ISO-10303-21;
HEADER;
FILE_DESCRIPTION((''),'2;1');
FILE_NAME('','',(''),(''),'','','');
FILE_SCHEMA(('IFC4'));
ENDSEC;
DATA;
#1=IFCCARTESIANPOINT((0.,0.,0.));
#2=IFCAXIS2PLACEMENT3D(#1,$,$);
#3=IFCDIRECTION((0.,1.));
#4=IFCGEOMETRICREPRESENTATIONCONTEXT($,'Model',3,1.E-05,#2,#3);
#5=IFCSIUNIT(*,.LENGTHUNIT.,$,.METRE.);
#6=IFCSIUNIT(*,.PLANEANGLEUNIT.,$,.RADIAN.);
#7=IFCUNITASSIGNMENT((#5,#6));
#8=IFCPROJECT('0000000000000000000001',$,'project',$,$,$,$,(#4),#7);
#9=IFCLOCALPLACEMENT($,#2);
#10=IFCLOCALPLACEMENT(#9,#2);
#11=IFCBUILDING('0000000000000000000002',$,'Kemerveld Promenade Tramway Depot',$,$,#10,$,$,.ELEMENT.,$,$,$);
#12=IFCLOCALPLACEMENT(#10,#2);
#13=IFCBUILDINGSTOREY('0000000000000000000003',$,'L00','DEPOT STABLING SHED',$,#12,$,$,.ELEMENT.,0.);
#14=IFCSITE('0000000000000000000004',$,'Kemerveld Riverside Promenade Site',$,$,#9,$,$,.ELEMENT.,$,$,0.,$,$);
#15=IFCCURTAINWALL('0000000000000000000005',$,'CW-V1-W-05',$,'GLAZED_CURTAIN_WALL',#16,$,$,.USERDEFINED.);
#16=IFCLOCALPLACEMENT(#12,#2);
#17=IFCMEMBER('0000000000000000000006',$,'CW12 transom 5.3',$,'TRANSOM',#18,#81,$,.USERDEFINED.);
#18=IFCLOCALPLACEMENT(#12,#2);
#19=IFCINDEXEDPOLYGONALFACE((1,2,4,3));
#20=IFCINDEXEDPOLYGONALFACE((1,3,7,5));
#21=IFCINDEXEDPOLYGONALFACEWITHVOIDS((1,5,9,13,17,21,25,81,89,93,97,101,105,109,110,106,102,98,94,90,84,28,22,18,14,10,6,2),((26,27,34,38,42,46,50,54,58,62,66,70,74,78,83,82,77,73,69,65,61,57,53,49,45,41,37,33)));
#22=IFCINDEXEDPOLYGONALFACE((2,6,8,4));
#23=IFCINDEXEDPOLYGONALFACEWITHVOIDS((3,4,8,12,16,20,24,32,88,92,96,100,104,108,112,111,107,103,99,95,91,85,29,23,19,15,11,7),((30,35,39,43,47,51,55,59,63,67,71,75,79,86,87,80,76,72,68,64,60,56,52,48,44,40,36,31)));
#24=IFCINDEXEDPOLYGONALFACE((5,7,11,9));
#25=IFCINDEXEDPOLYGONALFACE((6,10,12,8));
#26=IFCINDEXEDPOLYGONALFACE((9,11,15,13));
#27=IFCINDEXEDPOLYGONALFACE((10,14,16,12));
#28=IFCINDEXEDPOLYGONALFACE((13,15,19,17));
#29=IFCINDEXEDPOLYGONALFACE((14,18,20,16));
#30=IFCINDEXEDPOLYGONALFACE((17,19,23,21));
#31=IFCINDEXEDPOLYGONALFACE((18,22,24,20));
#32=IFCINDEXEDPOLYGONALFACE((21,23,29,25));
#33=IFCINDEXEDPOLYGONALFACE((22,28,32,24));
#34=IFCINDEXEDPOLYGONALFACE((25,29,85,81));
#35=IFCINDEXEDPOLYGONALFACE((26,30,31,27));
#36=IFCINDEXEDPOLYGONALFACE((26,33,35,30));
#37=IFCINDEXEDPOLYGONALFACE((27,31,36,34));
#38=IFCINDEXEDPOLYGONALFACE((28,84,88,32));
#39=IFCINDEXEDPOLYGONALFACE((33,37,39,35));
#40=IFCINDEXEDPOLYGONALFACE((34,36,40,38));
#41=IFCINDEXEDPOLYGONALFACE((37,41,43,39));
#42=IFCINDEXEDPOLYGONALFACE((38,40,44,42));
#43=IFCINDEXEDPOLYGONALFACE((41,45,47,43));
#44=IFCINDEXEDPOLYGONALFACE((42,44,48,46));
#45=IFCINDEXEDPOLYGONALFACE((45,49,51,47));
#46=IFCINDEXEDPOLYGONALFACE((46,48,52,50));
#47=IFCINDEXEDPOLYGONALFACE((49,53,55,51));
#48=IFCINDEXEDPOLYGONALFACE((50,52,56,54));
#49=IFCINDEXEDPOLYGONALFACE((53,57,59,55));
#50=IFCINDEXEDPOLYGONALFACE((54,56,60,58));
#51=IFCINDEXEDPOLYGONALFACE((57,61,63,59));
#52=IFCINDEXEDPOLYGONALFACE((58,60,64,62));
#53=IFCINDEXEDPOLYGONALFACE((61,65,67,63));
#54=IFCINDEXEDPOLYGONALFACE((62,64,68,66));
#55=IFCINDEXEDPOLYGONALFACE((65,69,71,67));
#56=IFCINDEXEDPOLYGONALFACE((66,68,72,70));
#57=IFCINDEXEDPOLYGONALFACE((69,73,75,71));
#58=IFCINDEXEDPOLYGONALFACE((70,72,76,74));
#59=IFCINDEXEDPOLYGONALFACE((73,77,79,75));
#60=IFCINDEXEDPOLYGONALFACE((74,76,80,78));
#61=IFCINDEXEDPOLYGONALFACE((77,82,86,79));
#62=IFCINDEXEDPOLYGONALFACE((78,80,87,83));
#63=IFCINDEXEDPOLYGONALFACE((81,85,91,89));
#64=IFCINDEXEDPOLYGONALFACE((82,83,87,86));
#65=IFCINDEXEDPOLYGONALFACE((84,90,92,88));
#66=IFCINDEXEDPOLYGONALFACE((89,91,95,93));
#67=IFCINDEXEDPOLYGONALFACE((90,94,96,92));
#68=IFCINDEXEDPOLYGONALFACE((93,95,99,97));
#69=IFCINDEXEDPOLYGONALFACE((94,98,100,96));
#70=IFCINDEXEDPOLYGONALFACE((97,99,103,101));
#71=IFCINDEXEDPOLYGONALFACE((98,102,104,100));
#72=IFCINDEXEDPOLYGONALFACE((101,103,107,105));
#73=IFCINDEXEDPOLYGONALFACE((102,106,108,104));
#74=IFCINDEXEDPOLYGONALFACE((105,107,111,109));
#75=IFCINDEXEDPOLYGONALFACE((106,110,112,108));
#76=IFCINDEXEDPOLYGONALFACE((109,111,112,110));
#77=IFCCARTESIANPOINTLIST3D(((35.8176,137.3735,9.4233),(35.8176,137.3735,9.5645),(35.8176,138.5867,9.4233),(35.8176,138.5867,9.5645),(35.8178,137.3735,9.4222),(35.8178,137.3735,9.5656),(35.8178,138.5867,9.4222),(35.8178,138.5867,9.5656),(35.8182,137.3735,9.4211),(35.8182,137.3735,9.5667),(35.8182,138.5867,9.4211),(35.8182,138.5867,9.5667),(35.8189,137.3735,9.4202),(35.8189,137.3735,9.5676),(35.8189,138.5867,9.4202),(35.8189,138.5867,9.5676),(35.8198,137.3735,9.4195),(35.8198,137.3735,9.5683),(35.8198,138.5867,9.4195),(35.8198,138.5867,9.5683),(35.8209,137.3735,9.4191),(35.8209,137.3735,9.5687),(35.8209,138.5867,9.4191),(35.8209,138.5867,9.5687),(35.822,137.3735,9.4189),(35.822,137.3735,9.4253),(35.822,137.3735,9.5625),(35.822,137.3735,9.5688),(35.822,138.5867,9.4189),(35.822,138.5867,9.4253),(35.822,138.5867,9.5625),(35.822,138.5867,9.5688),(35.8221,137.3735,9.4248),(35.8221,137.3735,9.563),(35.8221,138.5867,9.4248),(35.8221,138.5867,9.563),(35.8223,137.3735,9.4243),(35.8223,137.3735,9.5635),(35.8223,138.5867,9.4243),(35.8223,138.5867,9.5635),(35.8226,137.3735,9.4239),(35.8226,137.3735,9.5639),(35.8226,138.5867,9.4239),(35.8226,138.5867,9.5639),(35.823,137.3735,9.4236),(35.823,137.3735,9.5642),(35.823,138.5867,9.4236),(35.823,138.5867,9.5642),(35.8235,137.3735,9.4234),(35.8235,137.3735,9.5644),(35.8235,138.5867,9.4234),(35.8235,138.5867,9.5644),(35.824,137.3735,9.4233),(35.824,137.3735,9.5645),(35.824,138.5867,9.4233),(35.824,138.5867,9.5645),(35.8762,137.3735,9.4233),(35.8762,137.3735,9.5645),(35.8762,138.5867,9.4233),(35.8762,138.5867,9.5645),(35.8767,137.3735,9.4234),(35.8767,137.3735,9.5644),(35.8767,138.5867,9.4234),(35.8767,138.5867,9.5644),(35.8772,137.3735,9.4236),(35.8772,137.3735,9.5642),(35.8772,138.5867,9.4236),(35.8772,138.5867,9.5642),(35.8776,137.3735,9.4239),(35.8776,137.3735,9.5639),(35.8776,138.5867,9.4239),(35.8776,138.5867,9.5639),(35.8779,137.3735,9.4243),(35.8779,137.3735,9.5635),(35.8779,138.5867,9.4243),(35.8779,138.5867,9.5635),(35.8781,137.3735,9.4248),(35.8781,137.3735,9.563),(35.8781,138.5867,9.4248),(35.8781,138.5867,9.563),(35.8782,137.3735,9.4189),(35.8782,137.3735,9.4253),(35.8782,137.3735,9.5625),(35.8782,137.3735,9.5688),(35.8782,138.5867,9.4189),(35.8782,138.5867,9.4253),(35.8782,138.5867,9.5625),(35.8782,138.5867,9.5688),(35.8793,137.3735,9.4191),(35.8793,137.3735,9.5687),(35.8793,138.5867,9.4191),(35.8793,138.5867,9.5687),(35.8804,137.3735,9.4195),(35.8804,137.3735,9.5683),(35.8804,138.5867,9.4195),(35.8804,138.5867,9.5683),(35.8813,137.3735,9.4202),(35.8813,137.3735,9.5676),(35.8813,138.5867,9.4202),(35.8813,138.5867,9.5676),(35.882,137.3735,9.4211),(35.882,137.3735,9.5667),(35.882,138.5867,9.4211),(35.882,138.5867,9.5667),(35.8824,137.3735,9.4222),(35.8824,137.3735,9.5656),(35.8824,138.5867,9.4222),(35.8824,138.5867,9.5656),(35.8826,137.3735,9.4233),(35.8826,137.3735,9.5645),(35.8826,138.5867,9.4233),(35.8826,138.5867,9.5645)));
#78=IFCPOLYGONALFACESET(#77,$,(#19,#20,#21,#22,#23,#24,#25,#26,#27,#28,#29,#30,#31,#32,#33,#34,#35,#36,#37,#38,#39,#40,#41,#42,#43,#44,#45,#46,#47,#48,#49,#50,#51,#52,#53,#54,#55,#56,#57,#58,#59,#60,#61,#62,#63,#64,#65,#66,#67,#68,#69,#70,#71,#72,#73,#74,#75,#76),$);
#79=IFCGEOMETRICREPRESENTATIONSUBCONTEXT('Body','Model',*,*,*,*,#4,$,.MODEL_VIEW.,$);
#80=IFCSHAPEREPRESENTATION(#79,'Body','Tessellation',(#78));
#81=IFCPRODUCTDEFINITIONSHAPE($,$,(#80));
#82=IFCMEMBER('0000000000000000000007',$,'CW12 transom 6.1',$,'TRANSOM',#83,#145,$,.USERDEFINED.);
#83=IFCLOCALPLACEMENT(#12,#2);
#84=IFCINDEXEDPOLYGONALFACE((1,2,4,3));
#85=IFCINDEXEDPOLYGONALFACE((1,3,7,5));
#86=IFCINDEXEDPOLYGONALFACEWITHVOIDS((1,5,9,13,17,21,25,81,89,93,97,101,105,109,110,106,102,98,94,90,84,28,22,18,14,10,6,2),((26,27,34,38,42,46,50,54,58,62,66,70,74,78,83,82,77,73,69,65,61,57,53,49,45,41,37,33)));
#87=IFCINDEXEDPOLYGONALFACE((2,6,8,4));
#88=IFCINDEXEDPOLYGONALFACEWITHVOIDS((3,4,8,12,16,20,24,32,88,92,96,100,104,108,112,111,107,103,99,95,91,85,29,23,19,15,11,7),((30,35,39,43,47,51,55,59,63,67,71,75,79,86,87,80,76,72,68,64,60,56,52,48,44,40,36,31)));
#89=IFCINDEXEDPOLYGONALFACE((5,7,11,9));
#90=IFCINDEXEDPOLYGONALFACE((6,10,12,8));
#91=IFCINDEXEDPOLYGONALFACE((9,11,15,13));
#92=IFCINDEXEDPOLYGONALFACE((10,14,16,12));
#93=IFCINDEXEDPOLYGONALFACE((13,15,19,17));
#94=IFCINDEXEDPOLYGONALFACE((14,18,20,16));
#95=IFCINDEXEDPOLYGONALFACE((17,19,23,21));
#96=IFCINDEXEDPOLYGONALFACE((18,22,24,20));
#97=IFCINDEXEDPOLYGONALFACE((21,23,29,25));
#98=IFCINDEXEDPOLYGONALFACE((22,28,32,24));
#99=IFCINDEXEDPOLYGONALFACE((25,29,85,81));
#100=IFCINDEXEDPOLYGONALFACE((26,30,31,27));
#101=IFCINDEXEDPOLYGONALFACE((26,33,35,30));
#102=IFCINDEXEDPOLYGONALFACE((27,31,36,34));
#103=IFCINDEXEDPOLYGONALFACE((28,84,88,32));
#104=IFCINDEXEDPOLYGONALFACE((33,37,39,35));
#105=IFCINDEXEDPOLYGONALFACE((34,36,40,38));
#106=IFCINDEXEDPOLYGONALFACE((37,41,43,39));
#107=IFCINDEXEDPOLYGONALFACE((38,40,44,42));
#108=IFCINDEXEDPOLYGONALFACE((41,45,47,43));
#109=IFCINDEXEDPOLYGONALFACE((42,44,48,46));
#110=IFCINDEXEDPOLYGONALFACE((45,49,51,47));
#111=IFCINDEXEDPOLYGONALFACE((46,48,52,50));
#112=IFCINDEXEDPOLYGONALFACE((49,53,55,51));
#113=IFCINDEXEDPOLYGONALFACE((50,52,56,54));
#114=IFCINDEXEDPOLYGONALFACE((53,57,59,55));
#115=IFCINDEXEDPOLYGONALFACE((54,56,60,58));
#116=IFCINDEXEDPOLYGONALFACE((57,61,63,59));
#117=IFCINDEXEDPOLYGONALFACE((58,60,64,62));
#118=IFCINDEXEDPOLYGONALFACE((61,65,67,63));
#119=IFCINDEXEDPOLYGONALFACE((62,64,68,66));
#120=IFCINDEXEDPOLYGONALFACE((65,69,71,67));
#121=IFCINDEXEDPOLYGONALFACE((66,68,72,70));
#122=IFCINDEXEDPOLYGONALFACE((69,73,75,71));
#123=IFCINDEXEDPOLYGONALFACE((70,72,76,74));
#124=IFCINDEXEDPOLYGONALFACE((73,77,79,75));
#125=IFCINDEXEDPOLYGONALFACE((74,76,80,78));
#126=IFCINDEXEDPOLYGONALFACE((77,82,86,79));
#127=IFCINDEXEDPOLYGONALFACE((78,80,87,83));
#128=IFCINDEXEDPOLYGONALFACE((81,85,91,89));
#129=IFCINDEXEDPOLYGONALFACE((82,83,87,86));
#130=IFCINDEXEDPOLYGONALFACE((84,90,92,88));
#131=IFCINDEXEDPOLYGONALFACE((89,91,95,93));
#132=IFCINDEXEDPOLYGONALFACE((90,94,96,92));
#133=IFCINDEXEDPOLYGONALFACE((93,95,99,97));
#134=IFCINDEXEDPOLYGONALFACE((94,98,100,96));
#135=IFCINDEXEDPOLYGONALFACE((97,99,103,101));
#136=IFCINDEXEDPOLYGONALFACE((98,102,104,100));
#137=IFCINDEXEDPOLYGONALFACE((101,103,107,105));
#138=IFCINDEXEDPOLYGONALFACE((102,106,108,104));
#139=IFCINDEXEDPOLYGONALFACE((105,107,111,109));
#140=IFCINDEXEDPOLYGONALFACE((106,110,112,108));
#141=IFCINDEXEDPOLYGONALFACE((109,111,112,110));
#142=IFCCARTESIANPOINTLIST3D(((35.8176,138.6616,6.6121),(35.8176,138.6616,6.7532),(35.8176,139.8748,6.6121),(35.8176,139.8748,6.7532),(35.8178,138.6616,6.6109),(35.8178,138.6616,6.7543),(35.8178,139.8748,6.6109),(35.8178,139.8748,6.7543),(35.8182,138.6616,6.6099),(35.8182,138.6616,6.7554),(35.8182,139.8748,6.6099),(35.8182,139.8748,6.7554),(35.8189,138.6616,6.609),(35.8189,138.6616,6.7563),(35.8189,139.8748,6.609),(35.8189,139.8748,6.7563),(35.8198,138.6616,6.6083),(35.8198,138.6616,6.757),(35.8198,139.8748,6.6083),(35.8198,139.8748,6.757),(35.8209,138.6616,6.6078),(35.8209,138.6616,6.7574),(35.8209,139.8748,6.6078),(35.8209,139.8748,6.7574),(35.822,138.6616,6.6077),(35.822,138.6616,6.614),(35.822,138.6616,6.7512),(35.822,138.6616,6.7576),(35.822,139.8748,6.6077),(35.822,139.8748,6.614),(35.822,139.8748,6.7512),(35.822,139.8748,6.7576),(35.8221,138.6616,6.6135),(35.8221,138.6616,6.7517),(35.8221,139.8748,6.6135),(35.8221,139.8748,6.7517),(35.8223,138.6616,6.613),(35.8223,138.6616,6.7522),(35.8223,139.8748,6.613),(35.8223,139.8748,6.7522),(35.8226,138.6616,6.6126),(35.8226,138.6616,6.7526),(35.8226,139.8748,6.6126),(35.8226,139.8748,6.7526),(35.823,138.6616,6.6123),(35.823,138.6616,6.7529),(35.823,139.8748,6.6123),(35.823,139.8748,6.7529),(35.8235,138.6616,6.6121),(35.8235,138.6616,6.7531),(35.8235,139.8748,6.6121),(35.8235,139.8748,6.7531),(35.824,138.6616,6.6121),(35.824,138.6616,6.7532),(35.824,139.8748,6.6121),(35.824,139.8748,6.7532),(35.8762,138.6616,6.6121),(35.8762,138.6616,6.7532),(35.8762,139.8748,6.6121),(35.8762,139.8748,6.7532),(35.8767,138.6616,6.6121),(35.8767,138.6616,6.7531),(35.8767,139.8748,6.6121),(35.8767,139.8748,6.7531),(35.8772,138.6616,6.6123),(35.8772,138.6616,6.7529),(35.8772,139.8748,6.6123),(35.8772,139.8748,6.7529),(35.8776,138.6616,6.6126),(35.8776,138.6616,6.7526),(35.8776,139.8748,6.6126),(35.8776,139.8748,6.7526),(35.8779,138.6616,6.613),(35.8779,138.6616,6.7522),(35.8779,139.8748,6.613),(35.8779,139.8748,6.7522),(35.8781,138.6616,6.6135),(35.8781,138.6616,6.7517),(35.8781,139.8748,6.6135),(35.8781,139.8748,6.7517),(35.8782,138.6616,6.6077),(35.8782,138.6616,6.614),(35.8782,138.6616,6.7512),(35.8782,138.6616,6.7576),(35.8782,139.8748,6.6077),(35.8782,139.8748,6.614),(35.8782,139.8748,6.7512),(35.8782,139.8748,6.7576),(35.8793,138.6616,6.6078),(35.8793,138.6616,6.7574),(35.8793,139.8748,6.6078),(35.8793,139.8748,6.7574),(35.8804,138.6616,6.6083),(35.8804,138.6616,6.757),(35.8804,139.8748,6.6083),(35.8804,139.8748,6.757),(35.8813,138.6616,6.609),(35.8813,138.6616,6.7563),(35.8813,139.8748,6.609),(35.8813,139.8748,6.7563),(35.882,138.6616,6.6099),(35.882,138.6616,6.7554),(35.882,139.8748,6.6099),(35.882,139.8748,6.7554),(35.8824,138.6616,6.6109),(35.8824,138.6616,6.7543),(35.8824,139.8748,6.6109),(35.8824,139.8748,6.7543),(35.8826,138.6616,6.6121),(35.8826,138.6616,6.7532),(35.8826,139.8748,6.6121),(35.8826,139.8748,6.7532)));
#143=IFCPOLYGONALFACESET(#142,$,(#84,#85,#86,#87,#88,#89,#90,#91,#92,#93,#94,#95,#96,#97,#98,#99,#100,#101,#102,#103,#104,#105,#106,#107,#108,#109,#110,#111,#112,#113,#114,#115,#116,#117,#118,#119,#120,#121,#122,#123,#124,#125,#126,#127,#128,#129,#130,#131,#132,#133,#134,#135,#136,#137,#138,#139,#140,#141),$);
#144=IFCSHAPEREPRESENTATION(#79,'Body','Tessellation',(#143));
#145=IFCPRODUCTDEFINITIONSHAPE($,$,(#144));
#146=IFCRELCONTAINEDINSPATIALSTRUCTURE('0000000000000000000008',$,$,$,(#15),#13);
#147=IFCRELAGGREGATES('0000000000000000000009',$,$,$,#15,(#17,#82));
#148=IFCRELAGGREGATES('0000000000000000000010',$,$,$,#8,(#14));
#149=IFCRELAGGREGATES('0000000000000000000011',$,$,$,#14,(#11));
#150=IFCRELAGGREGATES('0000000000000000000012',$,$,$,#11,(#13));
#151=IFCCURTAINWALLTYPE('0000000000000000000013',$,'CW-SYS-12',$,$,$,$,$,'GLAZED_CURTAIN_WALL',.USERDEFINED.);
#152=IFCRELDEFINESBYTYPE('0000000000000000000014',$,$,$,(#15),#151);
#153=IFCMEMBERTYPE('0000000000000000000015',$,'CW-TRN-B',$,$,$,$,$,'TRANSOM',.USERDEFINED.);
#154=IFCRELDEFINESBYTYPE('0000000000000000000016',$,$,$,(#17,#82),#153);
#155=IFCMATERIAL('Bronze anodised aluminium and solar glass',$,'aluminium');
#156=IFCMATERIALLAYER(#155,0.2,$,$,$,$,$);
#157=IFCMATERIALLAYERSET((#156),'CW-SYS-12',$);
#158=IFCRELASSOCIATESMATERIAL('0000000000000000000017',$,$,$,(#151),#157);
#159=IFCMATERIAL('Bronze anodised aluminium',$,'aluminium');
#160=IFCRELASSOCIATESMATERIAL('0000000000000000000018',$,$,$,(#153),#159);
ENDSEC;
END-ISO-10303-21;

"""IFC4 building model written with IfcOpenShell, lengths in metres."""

from ifc_helpers import new_model, si_unit, direction, frame, origin, origin_2d, place, context, subcontext, project, spatial, hollow_rectangle, extrude, material, layer, layer_set, material_profile, profile_set, type_object, element, aggregate, save


model = new_model("IFC4")

# Units and contexts
model_context = context("Model", 3, precision=1e-05, world=origin(), true_north=direction((0.0, 1.0)))
body_context = subcontext(model_context, "Body", "Model", "MODEL_VIEW")
ifc_project = project(units=[si_unit("LENGTHUNIT", "METRE"), si_unit("PLANEANGLEUNIT", "RADIAN")], contexts=[model_context])

# Site, building, storey
site_placement = place(None, origin())
site = spatial("IfcSite", under=ifc_project, at=site_placement, Name="Kemerveld Riverside Promenade Site", CompositionType="ELEMENT", RefElevation=0.0)
building_placement = place(site_placement, origin())
building = spatial("IfcBuilding", under=site, at=building_placement, Name="Kemerveld Promenade Tramway Depot", CompositionType="ELEMENT")
storey_placement = place(building_placement, origin())
storey = spatial("IfcBuildingStorey", under=building, at=storey_placement, Name="L00", Description="DEPOT STABLING SHED", CompositionType="ELEMENT", Elevation=0.0)

# Curtain wall, members
ifc_material_1 = material(Name="Bronze anodised aluminium and solar glass", Category="aluminium")
ifc_layer_1 = layer(ifc_material_1, 0.2)
ifc_layer_set_1 = layer_set([ifc_layer_1], Name="CW-SYS-12")
curtain_wall_type = type_object("IfcCurtainWallType", Name="CW-SYS-12", ElementType="GLAZED_CURTAIN_WALL", PredefinedType="USERDEFINED", material=ifc_layer_set_1)
curtain_wall_placement = place(storey_placement, origin())
curtain_wall = element("IfcCurtainWall", 1, at=curtain_wall_placement, inside=storey, type_object=curtain_wall_type, Name="CW-V1-W-05", ObjectType="GLAZED_CURTAIN_WALL", PredefinedType="USERDEFINED")
ifc_material_2 = material(Name="Bronze anodised aluminium", Category="aluminium")
ifc_material_profile_1 = material_profile(ifc_material_2, hollow_rectangle(XDim=0.0649, YDim=0.1499, WallThickness=0.0044, InnerFilletRadius=0.002, OuterFilletRadius=0.0044, at=origin_2d()), Name="CW-TRN-150x65")
ifc_profile_set_1 = profile_set([ifc_material_profile_1], Name="Bronze anodised aluminium")
member_type_1 = type_object("IfcMemberType", Name="CW-TRN-B", ElementType="TRANSOM", PredefinedType="USERDEFINED", material=ifc_profile_set_1)
member_1_placement = place(storey_placement, frame((35.8501, 137.3735, 9.4939), z_axis=(0.0, 1.0, 0.0), x_axis=(-1.0, 0.0, 0.0)))
member_1 = element("IfcMember", 2, at=member_1_placement, type_object=member_type_1, Name="CW12 transom 5.3", ObjectType="TRANSOM", PredefinedType="USERDEFINED", context=body_context, shape_type="SweptSolid", body=[
    extrude(hollow_rectangle(XDim=0.0649, YDim=0.1499, WallThickness=0.0044, InnerFilletRadius=0.002, OuterFilletRadius=0.0044, at=origin_2d()), origin(), (0.0, 0.0, 1.0), 1.2131),
])
member_2_placement = place(storey_placement, frame((35.8501, 138.6616, 6.6826), z_axis=(0.0, 1.0, 0.0), x_axis=(-1.0, 0.0, 0.0)))
member_2 = element("IfcMember", 3, at=member_2_placement, type_object=member_type_1, Name="CW12 transom 6.1", ObjectType="TRANSOM", PredefinedType="USERDEFINED", context=body_context, shape_type="SweptSolid", body=[
    extrude(hollow_rectangle(XDim=0.0649, YDim=0.1499, WallThickness=0.0044, InnerFilletRadius=0.002, OuterFilletRadius=0.0044, at=origin_2d()), origin(), (0.0, 0.0, 1.0), 1.2131),
])
aggregate(curtain_wall, [member_1, member_2])

save(model, "model.ifc")
